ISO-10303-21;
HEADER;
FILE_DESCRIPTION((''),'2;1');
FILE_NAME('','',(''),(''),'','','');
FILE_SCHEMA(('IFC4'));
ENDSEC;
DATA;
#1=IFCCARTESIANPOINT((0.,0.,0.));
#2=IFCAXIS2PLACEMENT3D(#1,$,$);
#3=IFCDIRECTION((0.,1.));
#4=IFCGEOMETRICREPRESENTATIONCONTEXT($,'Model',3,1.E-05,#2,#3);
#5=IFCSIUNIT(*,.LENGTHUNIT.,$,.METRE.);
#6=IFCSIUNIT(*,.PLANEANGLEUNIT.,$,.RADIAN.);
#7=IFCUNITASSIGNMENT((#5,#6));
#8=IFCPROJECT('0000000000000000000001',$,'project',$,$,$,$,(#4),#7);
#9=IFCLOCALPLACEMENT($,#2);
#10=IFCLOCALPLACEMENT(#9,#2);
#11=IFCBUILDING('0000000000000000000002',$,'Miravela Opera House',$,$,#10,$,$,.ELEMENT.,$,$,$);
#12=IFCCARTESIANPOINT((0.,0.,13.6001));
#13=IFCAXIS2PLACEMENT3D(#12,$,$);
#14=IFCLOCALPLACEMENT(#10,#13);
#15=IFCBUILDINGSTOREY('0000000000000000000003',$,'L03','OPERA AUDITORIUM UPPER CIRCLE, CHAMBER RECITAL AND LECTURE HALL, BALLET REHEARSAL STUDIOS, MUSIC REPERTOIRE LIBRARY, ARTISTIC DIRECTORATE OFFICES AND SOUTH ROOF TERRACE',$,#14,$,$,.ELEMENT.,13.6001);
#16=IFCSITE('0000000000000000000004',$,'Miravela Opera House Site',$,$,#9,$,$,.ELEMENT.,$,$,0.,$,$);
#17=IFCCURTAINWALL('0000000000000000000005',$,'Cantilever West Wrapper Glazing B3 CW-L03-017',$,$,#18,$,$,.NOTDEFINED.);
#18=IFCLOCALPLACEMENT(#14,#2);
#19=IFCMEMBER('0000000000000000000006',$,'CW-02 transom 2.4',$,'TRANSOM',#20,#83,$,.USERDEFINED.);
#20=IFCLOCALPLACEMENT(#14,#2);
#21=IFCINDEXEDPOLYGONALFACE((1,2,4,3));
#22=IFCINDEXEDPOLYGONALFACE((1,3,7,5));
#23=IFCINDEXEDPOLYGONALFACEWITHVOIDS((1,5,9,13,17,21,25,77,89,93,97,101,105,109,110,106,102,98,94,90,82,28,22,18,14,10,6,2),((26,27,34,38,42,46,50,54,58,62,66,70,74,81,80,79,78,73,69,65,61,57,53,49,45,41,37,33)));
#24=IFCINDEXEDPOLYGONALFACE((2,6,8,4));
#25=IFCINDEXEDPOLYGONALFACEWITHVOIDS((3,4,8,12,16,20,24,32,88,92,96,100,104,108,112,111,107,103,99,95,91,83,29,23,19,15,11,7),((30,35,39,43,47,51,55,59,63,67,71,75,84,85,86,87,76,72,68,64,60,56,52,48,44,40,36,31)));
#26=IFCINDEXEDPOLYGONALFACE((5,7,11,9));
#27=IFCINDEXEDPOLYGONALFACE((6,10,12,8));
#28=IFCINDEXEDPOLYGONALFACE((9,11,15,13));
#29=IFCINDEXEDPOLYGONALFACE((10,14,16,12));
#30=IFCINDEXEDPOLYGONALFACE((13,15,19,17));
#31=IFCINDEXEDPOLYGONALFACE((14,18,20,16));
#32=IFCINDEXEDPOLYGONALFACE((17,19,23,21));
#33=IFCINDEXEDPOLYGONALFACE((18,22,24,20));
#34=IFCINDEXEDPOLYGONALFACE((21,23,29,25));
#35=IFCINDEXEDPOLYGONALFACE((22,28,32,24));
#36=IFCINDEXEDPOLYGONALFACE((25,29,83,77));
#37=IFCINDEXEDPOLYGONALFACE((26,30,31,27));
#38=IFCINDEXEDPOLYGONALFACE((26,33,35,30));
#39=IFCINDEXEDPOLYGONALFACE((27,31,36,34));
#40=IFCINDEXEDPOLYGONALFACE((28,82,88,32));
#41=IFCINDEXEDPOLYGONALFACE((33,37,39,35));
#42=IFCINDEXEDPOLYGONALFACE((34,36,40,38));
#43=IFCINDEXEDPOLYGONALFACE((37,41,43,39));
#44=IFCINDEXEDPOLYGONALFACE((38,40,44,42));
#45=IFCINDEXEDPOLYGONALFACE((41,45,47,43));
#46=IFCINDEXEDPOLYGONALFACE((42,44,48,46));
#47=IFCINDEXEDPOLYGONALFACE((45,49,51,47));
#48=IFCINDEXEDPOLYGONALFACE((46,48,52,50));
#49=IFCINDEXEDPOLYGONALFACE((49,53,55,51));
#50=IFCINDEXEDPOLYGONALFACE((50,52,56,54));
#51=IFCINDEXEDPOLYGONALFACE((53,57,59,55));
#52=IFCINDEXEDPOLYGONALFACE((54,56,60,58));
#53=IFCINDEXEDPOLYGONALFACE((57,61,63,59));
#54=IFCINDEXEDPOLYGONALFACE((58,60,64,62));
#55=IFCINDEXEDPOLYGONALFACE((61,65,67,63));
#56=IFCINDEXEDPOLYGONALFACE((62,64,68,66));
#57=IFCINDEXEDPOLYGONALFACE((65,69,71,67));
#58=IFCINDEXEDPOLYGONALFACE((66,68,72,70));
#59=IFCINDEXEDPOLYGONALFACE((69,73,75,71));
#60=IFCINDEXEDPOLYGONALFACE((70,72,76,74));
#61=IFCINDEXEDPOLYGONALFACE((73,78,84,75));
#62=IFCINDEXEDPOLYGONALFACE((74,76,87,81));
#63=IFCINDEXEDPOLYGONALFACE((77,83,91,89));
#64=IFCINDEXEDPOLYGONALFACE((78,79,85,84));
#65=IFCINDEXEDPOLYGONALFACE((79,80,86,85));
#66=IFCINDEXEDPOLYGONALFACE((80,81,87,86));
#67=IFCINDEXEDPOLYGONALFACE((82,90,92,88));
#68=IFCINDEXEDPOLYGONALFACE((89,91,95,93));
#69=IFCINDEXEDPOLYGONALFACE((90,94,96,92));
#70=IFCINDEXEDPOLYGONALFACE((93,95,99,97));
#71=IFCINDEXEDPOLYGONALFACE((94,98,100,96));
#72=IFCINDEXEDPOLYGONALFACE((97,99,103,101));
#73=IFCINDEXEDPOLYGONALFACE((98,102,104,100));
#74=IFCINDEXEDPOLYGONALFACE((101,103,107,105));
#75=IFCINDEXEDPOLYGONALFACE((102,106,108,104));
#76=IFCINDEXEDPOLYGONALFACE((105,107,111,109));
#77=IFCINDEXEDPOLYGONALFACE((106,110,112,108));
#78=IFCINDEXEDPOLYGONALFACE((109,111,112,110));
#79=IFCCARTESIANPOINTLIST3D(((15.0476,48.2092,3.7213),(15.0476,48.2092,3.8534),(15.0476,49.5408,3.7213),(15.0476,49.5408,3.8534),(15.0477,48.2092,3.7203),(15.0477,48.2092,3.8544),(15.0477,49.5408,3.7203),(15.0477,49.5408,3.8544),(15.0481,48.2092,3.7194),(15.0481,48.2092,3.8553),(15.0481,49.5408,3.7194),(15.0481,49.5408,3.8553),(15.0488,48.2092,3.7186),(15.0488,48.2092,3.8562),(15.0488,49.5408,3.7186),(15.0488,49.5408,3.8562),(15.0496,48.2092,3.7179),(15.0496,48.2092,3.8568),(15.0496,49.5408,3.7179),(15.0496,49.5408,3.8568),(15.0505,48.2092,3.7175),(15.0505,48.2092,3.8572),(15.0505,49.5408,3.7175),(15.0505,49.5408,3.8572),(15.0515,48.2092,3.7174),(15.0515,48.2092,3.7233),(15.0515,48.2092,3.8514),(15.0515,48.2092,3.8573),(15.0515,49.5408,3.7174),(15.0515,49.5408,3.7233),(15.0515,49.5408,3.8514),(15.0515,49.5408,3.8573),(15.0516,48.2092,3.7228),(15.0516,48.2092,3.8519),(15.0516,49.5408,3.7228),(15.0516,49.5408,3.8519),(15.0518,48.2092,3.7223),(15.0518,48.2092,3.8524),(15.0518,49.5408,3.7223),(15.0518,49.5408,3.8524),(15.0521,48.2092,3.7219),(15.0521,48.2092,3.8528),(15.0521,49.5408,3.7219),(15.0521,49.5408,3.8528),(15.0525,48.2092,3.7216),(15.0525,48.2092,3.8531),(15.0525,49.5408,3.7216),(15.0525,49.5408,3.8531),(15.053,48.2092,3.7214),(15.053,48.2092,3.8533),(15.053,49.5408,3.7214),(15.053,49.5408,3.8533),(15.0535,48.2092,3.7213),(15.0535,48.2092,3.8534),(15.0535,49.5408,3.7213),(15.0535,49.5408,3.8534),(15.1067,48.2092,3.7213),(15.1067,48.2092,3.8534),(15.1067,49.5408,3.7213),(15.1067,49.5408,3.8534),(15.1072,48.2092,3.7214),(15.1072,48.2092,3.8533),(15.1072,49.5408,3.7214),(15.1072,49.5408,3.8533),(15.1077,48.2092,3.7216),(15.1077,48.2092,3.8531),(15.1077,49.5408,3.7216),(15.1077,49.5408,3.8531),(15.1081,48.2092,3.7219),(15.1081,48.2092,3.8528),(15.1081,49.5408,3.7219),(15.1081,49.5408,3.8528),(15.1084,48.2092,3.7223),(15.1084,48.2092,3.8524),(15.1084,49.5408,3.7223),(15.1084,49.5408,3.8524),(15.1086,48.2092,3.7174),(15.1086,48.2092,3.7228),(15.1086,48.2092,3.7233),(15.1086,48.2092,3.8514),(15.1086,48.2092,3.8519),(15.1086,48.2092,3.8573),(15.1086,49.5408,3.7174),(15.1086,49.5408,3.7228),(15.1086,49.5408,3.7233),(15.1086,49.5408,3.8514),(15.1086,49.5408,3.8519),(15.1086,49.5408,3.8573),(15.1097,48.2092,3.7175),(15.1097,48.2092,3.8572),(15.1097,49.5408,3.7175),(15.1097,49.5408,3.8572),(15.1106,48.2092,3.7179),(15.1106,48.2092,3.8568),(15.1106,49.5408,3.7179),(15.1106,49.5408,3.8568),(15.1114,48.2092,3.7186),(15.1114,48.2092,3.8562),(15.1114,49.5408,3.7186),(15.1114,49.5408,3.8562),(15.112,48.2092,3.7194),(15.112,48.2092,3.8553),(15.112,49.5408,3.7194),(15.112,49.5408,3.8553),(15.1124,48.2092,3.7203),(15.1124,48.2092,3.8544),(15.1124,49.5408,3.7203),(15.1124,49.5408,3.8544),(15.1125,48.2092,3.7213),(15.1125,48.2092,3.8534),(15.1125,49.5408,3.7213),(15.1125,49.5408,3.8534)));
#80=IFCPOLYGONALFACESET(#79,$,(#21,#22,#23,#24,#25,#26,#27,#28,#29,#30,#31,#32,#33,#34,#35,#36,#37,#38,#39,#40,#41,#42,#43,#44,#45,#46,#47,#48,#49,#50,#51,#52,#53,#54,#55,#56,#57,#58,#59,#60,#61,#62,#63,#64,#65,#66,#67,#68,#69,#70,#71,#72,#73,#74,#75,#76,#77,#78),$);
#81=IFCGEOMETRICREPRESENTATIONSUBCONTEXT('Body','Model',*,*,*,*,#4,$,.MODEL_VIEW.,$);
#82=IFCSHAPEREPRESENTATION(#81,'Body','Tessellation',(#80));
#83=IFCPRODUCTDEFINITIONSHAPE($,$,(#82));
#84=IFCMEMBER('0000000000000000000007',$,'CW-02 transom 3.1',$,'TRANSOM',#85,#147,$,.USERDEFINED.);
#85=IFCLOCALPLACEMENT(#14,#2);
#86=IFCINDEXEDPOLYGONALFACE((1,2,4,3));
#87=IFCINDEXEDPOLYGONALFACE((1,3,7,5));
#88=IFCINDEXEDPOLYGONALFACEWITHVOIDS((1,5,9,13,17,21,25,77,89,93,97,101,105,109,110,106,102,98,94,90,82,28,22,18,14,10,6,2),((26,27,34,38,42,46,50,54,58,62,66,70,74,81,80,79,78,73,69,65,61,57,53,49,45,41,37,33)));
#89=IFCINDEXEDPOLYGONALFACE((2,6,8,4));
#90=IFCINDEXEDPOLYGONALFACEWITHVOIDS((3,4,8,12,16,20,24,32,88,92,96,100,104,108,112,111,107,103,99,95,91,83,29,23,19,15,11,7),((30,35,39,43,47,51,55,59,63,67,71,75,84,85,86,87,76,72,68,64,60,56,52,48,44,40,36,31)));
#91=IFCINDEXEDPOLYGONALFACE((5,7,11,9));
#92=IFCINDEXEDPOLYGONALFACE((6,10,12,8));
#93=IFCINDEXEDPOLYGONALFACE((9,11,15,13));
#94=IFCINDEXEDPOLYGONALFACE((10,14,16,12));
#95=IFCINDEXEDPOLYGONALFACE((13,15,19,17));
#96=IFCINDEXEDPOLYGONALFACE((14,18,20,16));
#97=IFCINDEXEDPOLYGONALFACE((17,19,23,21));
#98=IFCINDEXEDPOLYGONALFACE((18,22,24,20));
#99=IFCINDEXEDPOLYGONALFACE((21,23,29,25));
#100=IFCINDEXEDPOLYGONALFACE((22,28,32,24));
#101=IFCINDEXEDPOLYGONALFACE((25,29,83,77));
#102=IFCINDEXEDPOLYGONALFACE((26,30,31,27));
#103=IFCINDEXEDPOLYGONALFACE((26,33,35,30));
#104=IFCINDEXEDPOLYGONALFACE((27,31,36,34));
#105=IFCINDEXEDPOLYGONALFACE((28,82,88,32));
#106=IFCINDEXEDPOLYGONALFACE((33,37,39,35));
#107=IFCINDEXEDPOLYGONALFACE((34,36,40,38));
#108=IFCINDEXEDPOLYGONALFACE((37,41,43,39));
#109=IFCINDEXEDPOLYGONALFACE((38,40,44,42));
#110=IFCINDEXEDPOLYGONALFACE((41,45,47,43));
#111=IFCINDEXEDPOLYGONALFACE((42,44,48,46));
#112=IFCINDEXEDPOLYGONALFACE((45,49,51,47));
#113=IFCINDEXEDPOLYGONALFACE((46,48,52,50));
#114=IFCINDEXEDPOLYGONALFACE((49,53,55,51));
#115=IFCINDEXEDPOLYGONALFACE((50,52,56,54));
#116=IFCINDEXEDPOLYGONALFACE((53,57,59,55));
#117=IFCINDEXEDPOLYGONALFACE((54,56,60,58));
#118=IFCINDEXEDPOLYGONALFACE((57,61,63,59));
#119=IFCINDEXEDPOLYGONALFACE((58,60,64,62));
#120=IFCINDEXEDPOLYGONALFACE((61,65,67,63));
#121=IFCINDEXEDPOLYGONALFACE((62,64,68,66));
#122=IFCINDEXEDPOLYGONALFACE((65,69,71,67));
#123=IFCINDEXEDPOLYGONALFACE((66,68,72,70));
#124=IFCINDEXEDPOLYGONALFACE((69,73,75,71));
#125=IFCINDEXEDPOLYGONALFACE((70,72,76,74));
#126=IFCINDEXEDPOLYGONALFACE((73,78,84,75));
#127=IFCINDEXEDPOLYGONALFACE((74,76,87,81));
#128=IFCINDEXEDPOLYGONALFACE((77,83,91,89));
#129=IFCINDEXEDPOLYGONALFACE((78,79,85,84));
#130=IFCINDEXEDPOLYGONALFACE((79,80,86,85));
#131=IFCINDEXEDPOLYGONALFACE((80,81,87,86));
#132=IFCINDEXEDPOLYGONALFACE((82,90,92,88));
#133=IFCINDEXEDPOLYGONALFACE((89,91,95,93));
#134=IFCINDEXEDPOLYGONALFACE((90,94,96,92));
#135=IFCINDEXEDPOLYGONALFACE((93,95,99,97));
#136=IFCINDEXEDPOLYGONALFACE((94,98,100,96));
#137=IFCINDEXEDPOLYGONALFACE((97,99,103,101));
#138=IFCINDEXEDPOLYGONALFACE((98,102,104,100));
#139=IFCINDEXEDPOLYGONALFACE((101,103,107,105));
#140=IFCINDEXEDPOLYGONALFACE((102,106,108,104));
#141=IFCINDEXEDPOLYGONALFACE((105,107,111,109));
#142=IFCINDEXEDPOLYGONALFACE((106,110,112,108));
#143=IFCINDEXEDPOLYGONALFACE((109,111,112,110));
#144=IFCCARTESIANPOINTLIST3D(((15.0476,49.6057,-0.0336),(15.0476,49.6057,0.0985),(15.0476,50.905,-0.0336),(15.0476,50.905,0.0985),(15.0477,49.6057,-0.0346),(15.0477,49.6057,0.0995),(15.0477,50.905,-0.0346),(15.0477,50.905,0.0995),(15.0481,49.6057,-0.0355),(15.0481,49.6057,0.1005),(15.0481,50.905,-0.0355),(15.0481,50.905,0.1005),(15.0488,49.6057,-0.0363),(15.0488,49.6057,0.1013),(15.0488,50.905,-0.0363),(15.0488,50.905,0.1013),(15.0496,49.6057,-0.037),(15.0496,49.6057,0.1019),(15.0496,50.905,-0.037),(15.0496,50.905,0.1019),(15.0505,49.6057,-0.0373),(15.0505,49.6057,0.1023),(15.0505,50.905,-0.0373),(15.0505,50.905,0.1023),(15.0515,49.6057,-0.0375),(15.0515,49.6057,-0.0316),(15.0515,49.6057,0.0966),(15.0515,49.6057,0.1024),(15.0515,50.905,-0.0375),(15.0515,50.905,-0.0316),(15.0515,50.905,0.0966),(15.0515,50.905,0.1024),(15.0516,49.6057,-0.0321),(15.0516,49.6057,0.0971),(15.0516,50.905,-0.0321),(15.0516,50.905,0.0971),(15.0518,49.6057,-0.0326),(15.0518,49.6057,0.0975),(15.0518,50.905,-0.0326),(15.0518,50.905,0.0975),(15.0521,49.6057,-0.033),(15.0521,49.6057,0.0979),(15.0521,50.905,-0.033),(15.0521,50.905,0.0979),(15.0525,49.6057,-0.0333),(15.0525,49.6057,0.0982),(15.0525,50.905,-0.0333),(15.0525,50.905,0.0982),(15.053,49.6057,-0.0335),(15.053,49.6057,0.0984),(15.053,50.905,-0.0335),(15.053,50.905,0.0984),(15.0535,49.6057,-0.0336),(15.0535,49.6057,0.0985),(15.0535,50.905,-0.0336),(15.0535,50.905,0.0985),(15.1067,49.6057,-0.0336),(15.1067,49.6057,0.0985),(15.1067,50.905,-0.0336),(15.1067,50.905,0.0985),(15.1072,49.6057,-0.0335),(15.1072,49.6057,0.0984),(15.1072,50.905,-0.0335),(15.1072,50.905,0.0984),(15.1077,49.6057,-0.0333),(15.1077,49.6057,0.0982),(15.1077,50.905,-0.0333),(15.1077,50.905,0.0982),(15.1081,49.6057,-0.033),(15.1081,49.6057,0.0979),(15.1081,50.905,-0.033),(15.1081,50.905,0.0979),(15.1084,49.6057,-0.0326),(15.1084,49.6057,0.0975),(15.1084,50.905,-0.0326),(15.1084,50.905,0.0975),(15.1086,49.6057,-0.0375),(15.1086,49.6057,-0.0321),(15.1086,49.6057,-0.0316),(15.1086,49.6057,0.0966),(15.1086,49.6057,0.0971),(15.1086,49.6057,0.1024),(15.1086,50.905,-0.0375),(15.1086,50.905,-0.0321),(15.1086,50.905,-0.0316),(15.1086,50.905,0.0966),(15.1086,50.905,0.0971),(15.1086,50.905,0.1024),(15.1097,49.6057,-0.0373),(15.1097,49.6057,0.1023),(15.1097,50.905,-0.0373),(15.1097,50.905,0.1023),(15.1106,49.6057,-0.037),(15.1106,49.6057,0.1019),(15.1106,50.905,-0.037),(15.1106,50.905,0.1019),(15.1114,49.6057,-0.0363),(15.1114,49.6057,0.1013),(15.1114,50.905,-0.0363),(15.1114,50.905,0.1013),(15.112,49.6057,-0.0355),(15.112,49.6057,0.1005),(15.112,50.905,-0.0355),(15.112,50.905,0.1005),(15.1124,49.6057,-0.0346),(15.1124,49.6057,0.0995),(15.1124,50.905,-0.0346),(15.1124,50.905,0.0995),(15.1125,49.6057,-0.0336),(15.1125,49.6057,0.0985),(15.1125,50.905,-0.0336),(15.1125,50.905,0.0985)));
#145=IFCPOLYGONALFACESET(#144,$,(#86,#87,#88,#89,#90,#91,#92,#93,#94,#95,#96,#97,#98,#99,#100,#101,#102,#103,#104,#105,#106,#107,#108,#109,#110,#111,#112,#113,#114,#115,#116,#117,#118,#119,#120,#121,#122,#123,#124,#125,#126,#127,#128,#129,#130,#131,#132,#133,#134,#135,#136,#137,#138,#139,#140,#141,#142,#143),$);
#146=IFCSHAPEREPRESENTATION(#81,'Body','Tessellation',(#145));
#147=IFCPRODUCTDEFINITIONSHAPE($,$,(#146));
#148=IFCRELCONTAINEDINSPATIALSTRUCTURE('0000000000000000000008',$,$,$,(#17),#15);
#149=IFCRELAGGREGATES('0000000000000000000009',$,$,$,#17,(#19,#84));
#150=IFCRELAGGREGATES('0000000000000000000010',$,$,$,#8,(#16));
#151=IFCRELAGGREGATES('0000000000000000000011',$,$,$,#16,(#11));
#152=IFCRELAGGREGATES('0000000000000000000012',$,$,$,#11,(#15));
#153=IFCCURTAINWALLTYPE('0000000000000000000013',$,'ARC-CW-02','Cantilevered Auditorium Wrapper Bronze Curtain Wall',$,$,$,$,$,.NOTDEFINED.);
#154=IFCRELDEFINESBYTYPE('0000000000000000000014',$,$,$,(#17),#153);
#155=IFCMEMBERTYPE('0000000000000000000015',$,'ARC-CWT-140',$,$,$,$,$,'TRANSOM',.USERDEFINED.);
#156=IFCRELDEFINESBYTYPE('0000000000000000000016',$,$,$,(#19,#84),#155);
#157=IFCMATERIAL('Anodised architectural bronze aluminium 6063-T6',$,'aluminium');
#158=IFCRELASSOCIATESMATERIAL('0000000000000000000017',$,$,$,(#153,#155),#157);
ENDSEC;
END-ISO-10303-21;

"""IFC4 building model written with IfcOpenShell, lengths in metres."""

from ifc_helpers import new_model, si_unit, direction, frame, origin, origin_2d, place, context, subcontext, project, spatial, hollow_rectangle, extrude, material, material_profile, profile_set, type_object, element, aggregate, save


model = new_model("IFC4")

# Units and contexts
model_context = context("Model", 3, precision=1e-05, world=origin(), true_north=direction((0.0, 1.0)))
body_context = subcontext(model_context, "Body", "Model", "MODEL_VIEW")
ifc_project = project(units=[si_unit("LENGTHUNIT", "METRE"), si_unit("PLANEANGLEUNIT", "RADIAN")], contexts=[model_context])

# Site, building, storey
site_placement = place(None, origin())
site = spatial("IfcSite", under=ifc_project, at=site_placement, Name="Miravela Opera House Site", CompositionType="ELEMENT", RefElevation=0.0)
building_placement = place(site_placement, origin())
building = spatial("IfcBuilding", under=site, at=building_placement, Name="Miravela Opera House", CompositionType="ELEMENT")
storey_placement = place(building_placement, frame((0.0, 0.0, 13.6001)))
storey = spatial("IfcBuildingStorey", under=building, at=storey_placement, Name="L03", Description="OPERA AUDITORIUM UPPER CIRCLE, CHAMBER RECITAL AND LECTURE HALL, BALLET REHEARSAL STUDIOS, MUSIC REPERTOIRE LIBRARY, ARTISTIC DIRECTORATE OFFICES AND SOUTH ROOF TERRACE", CompositionType="ELEMENT", Elevation=13.6001)

# Curtain wall
ifc_material_1 = material(Name="Anodised architectural bronze aluminium 6063-T6", Category="aluminium")
curtain_wall_type = type_object("IfcCurtainWallType", Name="ARC-CW-02", Description="Cantilevered Auditorium Wrapper Bronze Curtain Wall", PredefinedType="NOTDEFINED", material=ifc_material_1)
curtain_wall_1_placement = place(storey_placement, origin())
curtain_wall_1 = element("IfcCurtainWall", 1, at=curtain_wall_1_placement, inside=storey, type_object=curtain_wall_type, Name="Cantilever West Wrapper Glazing B3 CW-L03-017", PredefinedType="NOTDEFINED")

# Members
ifc_material_profile_1 = material_profile(ifc_material_1, hollow_rectangle(XDim=0.0649, YDim=0.1399, WallThickness=0.0039, InnerFilletRadius=0.002, OuterFilletRadius=0.0039, at=origin_2d()), Name="CWT-65X140")
ifc_profile_set_1 = profile_set([ifc_material_profile_1])
member_type_1 = type_object("IfcMemberType", Name="ARC-CWT-140", ElementType="TRANSOM", PredefinedType="USERDEFINED", material=ifc_profile_set_1)
member_1_placement = place(storey_placement, frame((15.0801, 48.2092, 3.7874), z_axis=(0.0, 1.0, 0.0), x_axis=(-1.0, 0.0, 0.0)))
member_1 = element("IfcMember", 2, at=member_1_placement, type_object=member_type_1, Name="CW-02 transom 2.4", ObjectType="TRANSOM", PredefinedType="USERDEFINED", context=body_context, shape_type="SweptSolid", body=[
    extrude(hollow_rectangle(XDim=0.0649, YDim=0.1399, WallThickness=0.0039, InnerFilletRadius=0.002, OuterFilletRadius=0.0039, at=origin_2d()), origin(), (0.0, 0.0, 1.0), 1.3315),
])
member_2_placement = place(storey_placement, frame((15.0801, 49.6057, 0.0325), z_axis=(0.0, 1.0, 0.0), x_axis=(-1.0, 0.0, 0.0)))
member_2 = element("IfcMember", 3, at=member_2_placement, type_object=member_type_1, Name="CW-02 transom 3.1", ObjectType="TRANSOM", PredefinedType="USERDEFINED", context=body_context, shape_type="SweptSolid", body=[
    extrude(hollow_rectangle(XDim=0.0649, YDim=0.1399, WallThickness=0.0039, InnerFilletRadius=0.002, OuterFilletRadius=0.0039, at=origin_2d()), origin(), (0.0, 0.0, 1.0), 1.2993),
])

aggregate(curtain_wall_1, [member_1, member_2])

save(model, "model.ifc")
